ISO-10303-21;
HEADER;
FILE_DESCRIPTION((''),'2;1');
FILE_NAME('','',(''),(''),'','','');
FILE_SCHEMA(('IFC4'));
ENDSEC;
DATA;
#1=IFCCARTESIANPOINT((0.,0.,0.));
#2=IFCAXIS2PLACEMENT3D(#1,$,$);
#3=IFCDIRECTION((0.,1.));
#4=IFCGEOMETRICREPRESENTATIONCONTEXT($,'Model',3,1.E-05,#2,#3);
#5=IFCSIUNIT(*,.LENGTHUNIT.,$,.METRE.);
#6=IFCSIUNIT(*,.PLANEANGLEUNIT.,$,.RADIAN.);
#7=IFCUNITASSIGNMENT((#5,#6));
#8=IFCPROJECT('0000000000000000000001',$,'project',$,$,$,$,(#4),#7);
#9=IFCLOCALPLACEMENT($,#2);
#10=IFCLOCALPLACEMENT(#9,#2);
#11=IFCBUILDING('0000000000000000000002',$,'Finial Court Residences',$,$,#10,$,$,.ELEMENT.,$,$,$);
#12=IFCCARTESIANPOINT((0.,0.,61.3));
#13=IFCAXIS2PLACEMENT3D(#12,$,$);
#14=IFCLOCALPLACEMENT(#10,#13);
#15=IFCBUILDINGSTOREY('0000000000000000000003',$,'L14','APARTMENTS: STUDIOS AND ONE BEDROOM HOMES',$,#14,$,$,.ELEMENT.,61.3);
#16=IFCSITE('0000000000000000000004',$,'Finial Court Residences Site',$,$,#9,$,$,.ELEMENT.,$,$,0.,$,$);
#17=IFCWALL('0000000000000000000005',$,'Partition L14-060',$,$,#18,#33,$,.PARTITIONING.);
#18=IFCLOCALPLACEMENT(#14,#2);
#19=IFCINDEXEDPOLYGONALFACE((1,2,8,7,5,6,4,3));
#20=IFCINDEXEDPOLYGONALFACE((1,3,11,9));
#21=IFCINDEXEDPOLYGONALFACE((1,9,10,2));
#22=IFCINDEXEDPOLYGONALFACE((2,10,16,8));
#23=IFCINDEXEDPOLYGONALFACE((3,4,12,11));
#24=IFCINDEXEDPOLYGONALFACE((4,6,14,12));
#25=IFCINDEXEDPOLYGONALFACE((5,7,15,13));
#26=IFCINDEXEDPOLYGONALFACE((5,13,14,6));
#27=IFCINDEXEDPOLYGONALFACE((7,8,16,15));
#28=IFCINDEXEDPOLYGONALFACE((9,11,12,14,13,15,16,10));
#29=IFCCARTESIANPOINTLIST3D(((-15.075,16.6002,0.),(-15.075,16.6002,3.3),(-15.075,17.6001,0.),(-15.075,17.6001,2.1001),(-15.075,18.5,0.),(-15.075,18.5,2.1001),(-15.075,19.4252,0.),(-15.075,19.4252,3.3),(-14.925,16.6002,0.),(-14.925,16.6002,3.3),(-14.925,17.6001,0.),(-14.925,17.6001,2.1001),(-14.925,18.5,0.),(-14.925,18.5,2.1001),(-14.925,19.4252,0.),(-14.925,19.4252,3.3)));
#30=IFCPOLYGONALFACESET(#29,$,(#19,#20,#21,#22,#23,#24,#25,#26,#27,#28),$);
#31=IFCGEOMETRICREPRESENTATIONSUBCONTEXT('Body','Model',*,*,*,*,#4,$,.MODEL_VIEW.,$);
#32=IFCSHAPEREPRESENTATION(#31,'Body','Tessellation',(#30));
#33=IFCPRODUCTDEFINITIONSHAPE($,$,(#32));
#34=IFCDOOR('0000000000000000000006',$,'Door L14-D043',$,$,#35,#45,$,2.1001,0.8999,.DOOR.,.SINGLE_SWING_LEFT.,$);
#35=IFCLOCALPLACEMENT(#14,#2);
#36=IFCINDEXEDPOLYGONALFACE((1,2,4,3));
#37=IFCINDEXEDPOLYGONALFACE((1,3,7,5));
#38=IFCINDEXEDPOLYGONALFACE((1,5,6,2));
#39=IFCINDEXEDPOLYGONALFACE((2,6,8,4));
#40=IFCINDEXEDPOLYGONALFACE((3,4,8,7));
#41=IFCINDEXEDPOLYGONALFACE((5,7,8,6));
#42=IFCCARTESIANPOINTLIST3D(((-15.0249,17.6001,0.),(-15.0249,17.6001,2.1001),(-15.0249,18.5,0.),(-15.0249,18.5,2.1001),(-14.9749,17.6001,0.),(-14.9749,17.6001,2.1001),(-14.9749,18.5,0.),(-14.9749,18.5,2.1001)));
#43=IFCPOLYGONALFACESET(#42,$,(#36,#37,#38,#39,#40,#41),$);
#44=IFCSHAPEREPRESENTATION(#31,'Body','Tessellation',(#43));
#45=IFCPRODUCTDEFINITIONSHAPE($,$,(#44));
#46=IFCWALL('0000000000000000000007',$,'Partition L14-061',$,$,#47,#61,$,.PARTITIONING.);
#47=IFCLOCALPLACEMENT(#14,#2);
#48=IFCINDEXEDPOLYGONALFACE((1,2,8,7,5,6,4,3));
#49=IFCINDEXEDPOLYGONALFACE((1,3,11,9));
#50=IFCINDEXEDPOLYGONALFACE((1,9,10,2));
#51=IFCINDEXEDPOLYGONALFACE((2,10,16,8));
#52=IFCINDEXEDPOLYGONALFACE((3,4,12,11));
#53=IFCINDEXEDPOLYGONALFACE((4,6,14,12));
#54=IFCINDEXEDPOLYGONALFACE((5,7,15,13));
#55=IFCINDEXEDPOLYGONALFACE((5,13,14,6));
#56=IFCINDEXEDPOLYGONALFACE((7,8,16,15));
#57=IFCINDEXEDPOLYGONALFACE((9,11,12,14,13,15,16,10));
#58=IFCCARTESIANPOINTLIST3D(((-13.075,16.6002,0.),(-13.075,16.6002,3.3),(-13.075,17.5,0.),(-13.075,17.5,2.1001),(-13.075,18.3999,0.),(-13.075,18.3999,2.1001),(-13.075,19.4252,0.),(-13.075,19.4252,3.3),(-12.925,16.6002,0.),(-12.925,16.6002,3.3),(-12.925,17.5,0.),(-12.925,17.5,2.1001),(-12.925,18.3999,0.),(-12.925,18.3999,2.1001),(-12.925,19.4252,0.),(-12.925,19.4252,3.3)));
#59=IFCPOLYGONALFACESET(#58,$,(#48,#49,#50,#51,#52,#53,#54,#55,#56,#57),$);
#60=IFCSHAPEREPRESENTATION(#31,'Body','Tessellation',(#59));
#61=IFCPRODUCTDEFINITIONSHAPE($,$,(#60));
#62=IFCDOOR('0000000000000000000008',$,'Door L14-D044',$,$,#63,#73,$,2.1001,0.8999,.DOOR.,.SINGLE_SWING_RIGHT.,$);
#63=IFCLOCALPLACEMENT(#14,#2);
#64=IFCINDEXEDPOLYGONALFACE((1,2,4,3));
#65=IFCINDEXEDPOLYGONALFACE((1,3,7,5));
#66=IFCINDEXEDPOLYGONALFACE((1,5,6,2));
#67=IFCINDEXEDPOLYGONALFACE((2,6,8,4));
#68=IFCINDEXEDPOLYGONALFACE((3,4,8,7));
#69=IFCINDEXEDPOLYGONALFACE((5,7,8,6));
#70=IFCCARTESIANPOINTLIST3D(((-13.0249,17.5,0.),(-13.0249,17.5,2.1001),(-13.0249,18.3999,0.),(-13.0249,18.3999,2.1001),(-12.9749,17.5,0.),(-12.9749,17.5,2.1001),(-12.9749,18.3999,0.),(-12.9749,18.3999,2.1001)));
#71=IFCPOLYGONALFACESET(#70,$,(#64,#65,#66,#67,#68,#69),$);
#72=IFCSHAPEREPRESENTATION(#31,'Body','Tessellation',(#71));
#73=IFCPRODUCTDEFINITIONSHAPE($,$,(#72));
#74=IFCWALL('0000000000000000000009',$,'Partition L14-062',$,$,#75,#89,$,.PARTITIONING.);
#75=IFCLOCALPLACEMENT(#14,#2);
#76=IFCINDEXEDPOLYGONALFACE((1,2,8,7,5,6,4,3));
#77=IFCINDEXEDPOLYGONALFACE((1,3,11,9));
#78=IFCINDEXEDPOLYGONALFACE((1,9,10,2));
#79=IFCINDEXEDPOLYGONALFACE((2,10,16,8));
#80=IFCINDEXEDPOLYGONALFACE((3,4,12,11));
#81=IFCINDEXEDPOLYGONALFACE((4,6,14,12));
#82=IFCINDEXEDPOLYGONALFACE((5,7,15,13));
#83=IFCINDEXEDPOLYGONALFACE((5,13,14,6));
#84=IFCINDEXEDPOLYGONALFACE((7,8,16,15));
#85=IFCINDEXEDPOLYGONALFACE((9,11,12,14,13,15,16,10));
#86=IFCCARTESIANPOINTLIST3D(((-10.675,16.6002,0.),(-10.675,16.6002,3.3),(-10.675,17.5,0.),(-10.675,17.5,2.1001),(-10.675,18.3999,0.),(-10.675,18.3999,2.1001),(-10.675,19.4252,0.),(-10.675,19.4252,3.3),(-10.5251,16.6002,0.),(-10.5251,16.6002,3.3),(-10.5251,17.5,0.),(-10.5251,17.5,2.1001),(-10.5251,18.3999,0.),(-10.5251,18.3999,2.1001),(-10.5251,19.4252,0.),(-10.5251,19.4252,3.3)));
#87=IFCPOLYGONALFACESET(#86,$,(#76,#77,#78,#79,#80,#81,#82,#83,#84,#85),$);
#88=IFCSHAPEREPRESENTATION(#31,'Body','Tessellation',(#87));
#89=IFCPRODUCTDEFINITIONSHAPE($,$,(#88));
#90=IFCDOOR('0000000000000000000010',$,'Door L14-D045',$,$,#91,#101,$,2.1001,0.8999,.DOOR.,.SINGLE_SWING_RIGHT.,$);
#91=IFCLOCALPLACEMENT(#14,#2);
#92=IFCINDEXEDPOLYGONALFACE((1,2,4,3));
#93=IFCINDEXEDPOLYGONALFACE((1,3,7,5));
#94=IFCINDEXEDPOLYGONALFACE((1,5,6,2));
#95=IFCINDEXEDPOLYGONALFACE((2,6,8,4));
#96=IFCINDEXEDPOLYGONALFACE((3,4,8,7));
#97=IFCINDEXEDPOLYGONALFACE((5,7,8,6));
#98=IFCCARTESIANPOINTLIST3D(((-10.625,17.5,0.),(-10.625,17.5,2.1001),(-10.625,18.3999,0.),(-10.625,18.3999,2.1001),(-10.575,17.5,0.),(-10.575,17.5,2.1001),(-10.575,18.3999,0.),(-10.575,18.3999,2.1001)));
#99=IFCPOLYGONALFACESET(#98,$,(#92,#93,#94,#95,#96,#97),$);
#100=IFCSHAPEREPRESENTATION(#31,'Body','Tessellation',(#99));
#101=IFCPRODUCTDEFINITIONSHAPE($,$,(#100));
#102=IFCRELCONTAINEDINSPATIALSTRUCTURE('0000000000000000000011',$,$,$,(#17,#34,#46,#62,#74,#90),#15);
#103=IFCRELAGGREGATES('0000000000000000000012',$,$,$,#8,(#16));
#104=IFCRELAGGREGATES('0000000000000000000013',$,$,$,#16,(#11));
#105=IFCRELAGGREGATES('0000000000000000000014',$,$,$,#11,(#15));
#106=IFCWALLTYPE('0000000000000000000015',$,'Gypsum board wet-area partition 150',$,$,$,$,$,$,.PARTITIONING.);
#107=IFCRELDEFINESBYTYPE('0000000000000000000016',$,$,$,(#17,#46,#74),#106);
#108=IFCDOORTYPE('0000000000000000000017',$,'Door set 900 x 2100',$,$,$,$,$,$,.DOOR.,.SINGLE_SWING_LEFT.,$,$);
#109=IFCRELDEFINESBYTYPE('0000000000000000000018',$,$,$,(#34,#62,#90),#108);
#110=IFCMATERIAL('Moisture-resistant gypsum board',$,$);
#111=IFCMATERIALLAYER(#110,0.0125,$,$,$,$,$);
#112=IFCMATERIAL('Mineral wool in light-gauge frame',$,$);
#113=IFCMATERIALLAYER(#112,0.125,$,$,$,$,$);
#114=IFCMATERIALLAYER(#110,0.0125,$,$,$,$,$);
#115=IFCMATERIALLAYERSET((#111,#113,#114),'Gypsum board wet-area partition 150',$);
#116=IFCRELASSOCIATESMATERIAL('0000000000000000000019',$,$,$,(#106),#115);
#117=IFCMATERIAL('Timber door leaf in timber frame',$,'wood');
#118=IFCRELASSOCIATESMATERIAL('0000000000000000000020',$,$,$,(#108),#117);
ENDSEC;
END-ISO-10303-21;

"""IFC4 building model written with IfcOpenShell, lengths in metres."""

from ifc_helpers import new_model, si_unit, direction, frame, frame_2d, origin, place, context, subcontext, project, spatial, rectangle, extrude, material, layer, layer_set, type_object, element, fill, save


model = new_model("IFC4")

# Units and contexts
model_context = context("Model", 3, precision=1e-05, world=origin(), true_north=direction((0.0, 1.0)))
body_context = subcontext(model_context, "Body", "Model", "MODEL_VIEW")
ifc_project = project(units=[si_unit("LENGTHUNIT", "METRE"), si_unit("PLANEANGLEUNIT", "RADIAN")], contexts=[model_context])

# Site, building, storey
site_placement = place(None, origin())
site = spatial("IfcSite", under=ifc_project, at=site_placement, Name="Finial Court Residences Site", CompositionType="ELEMENT", RefElevation=0.0)
building_placement = place(site_placement, origin())
building = spatial("IfcBuilding", under=site, at=building_placement, Name="Finial Court Residences", CompositionType="ELEMENT")
storey_placement = place(building_placement, frame((0.0, 0.0, 61.3)))
storey = spatial("IfcBuildingStorey", under=building, at=storey_placement, Name="L14", Description="APARTMENTS: STUDIOS AND ONE BEDROOM HOMES", CompositionType="ELEMENT", Elevation=61.3)

# Shared definitions
ifc_material_1 = material(Name="Moisture-resistant gypsum board")
ifc_layer_1 = layer(ifc_material_1, 0.0125)
ifc_material_2 = material(Name="Mineral wool in light-gauge frame")
ifc_layer_2 = layer(ifc_material_2, 0.125)
ifc_layer_3 = layer(ifc_material_1, 0.0125)
ifc_layer_set_1 = layer_set([ifc_layer_1, ifc_layer_2, ifc_layer_3], Name="Gypsum board wet-area partition 150")
wall_type_1 = type_object("IfcWallType", Name="Gypsum board wet-area partition 150", PredefinedType="PARTITIONING", material=ifc_layer_set_1)

# Walls, openings, doors
ifc_material_3 = material(Name="Timber door leaf in timber frame", Category="wood")
door_type_1 = type_object("IfcDoorType", Name="Door set 900 x 2100", OperationType="SINGLE_SWING_LEFT", PredefinedType="DOOR", material=ifc_material_3)
wall_1_placement = place(storey_placement, frame((-15.0, 16.6001, 0.0), z_axis=(0.0, 0.0, 1.0), x_axis=(0.0, 1.0, 0.0)))
wall_1 = element("IfcWall", 1, at=wall_1_placement, inside=storey, type_object=wall_type_1, Name="Partition L14-060", PredefinedType="PARTITIONING", context=body_context, shape_type="SweptSolid", body=[
    extrude(rectangle(XDim=2.825, YDim=0.1499, at=frame_2d((1.4126, 0.0))), origin(), (0.0, 0.0, 1.0), 3.3),
])
opening_1_placement = place(wall_1_placement, frame((1.0, 0.0, 0.0)))
opening_1 = element("IfcOpeningElement", 2, at=opening_1_placement, cuts=wall_1, PredefinedType="OPENING", context=body_context, shape_type="SweptSolid", body=[
    extrude(rectangle(XDim=0.8999, YDim=2.1001, at=frame_2d((0.45, 1.05))), frame((0.0, 0.085, 0.0), z_axis=(0.0, -1.0, 0.0), x_axis=(1.0, 0.0, 0.0)), (0.0, 0.0, 1.0), 0.1699),
])
door_1_placement = place(opening_1_placement, origin())
door_1 = element("IfcDoor", 3, at=door_1_placement, inside=storey, type_object=door_type_1, Name="Door L14-D043", OperationType="SINGLE_SWING_LEFT", OverallHeight=2.1001, OverallWidth=0.8999, PredefinedType="DOOR", context=body_context, shape_type="SweptSolid", body=[
    extrude(rectangle(XDim=0.8999, YDim=2.1001, at=frame_2d((0.45, 1.05))), frame((0.0, 0.0249, 0.0), z_axis=(0.0, -1.0, 0.0), x_axis=(1.0, 0.0, 0.0)), (0.0, 0.0, 1.0), 0.05),
])
fill(opening_1, door_1)
wall_2_placement = place(storey_placement, frame((-13.0, 16.6001, 0.0), z_axis=(0.0, 0.0, 1.0), x_axis=(0.0, 1.0, 0.0)))
wall_2 = element("IfcWall", 4, at=wall_2_placement, inside=storey, type_object=wall_type_1, Name="Partition L14-061", PredefinedType="PARTITIONING", context=body_context, shape_type="SweptSolid", body=[
    extrude(rectangle(XDim=2.825, YDim=0.1499, at=frame_2d((1.4126, 0.0))), origin(), (0.0, 0.0, 1.0), 3.3),
])
opening_2_placement = place(wall_2_placement, frame((0.8999, 0.0, 0.0)))
opening_2 = element("IfcOpeningElement", 5, at=opening_2_placement, cuts=wall_2, PredefinedType="OPENING", context=body_context, shape_type="SweptSolid", body=[
    extrude(rectangle(XDim=0.8999, YDim=2.1001, at=frame_2d((0.45, 1.05))), frame((0.0, 0.085, 0.0), z_axis=(0.0, -1.0, 0.0), x_axis=(1.0, 0.0, 0.0)), (0.0, 0.0, 1.0), 0.1699),
])
door_2_placement = place(opening_2_placement, origin())
door_2 = element("IfcDoor", 6, at=door_2_placement, inside=storey, type_object=door_type_1, Name="Door L14-D044", OperationType="SINGLE_SWING_RIGHT", OverallHeight=2.1001, OverallWidth=0.8999, PredefinedType="DOOR", context=body_context, shape_type="SweptSolid", body=[
    extrude(rectangle(XDim=0.8999, YDim=2.1001, at=frame_2d((0.45, 1.05))), frame((0.0, 0.0249, 0.0), z_axis=(0.0, -1.0, 0.0), x_axis=(1.0, 0.0, 0.0)), (0.0, 0.0, 1.0), 0.05),
])
fill(opening_2, door_2)
wall_3_placement = place(storey_placement, frame((-10.6001, 16.6001, 0.0), z_axis=(0.0, 0.0, 1.0), x_axis=(0.0, 1.0, 0.0)))
wall_3 = element("IfcWall", 7, at=wall_3_placement, inside=storey, type_object=wall_type_1, Name="Partition L14-062", PredefinedType="PARTITIONING", context=body_context, shape_type="SweptSolid", body=[
    extrude(rectangle(XDim=2.825, YDim=0.1499, at=frame_2d((1.4126, 0.0))), origin(), (0.0, 0.0, 1.0), 3.3),
])
opening_3_placement = place(wall_3_placement, frame((0.8999, 0.0, 0.0)))
opening_3 = element("IfcOpeningElement", 8, at=opening_3_placement, cuts=wall_3, PredefinedType="OPENING", context=body_context, shape_type="SweptSolid", body=[
    extrude(rectangle(XDim=0.8999, YDim=2.1001, at=frame_2d((0.45, 1.05))), frame((0.0, 0.085, 0.0), z_axis=(0.0, -1.0, 0.0), x_axis=(1.0, 0.0, 0.0)), (0.0, 0.0, 1.0), 0.1699),
])
door_3_placement = place(opening_3_placement, origin())
door_3 = element("IfcDoor", 9, at=door_3_placement, inside=storey, type_object=door_type_1, Name="Door L14-D045", OperationType="SINGLE_SWING_RIGHT", OverallHeight=2.1001, OverallWidth=0.8999, PredefinedType="DOOR", context=body_context, shape_type="SweptSolid", body=[
    extrude(rectangle(XDim=0.8999, YDim=2.1001, at=frame_2d((0.45, 1.05))), frame((0.0, 0.0249, 0.0), z_axis=(0.0, -1.0, 0.0), x_axis=(1.0, 0.0, 0.0)), (0.0, 0.0, 1.0), 0.05),
])
fill(opening_3, door_3)

save(model, "model.ifc")
